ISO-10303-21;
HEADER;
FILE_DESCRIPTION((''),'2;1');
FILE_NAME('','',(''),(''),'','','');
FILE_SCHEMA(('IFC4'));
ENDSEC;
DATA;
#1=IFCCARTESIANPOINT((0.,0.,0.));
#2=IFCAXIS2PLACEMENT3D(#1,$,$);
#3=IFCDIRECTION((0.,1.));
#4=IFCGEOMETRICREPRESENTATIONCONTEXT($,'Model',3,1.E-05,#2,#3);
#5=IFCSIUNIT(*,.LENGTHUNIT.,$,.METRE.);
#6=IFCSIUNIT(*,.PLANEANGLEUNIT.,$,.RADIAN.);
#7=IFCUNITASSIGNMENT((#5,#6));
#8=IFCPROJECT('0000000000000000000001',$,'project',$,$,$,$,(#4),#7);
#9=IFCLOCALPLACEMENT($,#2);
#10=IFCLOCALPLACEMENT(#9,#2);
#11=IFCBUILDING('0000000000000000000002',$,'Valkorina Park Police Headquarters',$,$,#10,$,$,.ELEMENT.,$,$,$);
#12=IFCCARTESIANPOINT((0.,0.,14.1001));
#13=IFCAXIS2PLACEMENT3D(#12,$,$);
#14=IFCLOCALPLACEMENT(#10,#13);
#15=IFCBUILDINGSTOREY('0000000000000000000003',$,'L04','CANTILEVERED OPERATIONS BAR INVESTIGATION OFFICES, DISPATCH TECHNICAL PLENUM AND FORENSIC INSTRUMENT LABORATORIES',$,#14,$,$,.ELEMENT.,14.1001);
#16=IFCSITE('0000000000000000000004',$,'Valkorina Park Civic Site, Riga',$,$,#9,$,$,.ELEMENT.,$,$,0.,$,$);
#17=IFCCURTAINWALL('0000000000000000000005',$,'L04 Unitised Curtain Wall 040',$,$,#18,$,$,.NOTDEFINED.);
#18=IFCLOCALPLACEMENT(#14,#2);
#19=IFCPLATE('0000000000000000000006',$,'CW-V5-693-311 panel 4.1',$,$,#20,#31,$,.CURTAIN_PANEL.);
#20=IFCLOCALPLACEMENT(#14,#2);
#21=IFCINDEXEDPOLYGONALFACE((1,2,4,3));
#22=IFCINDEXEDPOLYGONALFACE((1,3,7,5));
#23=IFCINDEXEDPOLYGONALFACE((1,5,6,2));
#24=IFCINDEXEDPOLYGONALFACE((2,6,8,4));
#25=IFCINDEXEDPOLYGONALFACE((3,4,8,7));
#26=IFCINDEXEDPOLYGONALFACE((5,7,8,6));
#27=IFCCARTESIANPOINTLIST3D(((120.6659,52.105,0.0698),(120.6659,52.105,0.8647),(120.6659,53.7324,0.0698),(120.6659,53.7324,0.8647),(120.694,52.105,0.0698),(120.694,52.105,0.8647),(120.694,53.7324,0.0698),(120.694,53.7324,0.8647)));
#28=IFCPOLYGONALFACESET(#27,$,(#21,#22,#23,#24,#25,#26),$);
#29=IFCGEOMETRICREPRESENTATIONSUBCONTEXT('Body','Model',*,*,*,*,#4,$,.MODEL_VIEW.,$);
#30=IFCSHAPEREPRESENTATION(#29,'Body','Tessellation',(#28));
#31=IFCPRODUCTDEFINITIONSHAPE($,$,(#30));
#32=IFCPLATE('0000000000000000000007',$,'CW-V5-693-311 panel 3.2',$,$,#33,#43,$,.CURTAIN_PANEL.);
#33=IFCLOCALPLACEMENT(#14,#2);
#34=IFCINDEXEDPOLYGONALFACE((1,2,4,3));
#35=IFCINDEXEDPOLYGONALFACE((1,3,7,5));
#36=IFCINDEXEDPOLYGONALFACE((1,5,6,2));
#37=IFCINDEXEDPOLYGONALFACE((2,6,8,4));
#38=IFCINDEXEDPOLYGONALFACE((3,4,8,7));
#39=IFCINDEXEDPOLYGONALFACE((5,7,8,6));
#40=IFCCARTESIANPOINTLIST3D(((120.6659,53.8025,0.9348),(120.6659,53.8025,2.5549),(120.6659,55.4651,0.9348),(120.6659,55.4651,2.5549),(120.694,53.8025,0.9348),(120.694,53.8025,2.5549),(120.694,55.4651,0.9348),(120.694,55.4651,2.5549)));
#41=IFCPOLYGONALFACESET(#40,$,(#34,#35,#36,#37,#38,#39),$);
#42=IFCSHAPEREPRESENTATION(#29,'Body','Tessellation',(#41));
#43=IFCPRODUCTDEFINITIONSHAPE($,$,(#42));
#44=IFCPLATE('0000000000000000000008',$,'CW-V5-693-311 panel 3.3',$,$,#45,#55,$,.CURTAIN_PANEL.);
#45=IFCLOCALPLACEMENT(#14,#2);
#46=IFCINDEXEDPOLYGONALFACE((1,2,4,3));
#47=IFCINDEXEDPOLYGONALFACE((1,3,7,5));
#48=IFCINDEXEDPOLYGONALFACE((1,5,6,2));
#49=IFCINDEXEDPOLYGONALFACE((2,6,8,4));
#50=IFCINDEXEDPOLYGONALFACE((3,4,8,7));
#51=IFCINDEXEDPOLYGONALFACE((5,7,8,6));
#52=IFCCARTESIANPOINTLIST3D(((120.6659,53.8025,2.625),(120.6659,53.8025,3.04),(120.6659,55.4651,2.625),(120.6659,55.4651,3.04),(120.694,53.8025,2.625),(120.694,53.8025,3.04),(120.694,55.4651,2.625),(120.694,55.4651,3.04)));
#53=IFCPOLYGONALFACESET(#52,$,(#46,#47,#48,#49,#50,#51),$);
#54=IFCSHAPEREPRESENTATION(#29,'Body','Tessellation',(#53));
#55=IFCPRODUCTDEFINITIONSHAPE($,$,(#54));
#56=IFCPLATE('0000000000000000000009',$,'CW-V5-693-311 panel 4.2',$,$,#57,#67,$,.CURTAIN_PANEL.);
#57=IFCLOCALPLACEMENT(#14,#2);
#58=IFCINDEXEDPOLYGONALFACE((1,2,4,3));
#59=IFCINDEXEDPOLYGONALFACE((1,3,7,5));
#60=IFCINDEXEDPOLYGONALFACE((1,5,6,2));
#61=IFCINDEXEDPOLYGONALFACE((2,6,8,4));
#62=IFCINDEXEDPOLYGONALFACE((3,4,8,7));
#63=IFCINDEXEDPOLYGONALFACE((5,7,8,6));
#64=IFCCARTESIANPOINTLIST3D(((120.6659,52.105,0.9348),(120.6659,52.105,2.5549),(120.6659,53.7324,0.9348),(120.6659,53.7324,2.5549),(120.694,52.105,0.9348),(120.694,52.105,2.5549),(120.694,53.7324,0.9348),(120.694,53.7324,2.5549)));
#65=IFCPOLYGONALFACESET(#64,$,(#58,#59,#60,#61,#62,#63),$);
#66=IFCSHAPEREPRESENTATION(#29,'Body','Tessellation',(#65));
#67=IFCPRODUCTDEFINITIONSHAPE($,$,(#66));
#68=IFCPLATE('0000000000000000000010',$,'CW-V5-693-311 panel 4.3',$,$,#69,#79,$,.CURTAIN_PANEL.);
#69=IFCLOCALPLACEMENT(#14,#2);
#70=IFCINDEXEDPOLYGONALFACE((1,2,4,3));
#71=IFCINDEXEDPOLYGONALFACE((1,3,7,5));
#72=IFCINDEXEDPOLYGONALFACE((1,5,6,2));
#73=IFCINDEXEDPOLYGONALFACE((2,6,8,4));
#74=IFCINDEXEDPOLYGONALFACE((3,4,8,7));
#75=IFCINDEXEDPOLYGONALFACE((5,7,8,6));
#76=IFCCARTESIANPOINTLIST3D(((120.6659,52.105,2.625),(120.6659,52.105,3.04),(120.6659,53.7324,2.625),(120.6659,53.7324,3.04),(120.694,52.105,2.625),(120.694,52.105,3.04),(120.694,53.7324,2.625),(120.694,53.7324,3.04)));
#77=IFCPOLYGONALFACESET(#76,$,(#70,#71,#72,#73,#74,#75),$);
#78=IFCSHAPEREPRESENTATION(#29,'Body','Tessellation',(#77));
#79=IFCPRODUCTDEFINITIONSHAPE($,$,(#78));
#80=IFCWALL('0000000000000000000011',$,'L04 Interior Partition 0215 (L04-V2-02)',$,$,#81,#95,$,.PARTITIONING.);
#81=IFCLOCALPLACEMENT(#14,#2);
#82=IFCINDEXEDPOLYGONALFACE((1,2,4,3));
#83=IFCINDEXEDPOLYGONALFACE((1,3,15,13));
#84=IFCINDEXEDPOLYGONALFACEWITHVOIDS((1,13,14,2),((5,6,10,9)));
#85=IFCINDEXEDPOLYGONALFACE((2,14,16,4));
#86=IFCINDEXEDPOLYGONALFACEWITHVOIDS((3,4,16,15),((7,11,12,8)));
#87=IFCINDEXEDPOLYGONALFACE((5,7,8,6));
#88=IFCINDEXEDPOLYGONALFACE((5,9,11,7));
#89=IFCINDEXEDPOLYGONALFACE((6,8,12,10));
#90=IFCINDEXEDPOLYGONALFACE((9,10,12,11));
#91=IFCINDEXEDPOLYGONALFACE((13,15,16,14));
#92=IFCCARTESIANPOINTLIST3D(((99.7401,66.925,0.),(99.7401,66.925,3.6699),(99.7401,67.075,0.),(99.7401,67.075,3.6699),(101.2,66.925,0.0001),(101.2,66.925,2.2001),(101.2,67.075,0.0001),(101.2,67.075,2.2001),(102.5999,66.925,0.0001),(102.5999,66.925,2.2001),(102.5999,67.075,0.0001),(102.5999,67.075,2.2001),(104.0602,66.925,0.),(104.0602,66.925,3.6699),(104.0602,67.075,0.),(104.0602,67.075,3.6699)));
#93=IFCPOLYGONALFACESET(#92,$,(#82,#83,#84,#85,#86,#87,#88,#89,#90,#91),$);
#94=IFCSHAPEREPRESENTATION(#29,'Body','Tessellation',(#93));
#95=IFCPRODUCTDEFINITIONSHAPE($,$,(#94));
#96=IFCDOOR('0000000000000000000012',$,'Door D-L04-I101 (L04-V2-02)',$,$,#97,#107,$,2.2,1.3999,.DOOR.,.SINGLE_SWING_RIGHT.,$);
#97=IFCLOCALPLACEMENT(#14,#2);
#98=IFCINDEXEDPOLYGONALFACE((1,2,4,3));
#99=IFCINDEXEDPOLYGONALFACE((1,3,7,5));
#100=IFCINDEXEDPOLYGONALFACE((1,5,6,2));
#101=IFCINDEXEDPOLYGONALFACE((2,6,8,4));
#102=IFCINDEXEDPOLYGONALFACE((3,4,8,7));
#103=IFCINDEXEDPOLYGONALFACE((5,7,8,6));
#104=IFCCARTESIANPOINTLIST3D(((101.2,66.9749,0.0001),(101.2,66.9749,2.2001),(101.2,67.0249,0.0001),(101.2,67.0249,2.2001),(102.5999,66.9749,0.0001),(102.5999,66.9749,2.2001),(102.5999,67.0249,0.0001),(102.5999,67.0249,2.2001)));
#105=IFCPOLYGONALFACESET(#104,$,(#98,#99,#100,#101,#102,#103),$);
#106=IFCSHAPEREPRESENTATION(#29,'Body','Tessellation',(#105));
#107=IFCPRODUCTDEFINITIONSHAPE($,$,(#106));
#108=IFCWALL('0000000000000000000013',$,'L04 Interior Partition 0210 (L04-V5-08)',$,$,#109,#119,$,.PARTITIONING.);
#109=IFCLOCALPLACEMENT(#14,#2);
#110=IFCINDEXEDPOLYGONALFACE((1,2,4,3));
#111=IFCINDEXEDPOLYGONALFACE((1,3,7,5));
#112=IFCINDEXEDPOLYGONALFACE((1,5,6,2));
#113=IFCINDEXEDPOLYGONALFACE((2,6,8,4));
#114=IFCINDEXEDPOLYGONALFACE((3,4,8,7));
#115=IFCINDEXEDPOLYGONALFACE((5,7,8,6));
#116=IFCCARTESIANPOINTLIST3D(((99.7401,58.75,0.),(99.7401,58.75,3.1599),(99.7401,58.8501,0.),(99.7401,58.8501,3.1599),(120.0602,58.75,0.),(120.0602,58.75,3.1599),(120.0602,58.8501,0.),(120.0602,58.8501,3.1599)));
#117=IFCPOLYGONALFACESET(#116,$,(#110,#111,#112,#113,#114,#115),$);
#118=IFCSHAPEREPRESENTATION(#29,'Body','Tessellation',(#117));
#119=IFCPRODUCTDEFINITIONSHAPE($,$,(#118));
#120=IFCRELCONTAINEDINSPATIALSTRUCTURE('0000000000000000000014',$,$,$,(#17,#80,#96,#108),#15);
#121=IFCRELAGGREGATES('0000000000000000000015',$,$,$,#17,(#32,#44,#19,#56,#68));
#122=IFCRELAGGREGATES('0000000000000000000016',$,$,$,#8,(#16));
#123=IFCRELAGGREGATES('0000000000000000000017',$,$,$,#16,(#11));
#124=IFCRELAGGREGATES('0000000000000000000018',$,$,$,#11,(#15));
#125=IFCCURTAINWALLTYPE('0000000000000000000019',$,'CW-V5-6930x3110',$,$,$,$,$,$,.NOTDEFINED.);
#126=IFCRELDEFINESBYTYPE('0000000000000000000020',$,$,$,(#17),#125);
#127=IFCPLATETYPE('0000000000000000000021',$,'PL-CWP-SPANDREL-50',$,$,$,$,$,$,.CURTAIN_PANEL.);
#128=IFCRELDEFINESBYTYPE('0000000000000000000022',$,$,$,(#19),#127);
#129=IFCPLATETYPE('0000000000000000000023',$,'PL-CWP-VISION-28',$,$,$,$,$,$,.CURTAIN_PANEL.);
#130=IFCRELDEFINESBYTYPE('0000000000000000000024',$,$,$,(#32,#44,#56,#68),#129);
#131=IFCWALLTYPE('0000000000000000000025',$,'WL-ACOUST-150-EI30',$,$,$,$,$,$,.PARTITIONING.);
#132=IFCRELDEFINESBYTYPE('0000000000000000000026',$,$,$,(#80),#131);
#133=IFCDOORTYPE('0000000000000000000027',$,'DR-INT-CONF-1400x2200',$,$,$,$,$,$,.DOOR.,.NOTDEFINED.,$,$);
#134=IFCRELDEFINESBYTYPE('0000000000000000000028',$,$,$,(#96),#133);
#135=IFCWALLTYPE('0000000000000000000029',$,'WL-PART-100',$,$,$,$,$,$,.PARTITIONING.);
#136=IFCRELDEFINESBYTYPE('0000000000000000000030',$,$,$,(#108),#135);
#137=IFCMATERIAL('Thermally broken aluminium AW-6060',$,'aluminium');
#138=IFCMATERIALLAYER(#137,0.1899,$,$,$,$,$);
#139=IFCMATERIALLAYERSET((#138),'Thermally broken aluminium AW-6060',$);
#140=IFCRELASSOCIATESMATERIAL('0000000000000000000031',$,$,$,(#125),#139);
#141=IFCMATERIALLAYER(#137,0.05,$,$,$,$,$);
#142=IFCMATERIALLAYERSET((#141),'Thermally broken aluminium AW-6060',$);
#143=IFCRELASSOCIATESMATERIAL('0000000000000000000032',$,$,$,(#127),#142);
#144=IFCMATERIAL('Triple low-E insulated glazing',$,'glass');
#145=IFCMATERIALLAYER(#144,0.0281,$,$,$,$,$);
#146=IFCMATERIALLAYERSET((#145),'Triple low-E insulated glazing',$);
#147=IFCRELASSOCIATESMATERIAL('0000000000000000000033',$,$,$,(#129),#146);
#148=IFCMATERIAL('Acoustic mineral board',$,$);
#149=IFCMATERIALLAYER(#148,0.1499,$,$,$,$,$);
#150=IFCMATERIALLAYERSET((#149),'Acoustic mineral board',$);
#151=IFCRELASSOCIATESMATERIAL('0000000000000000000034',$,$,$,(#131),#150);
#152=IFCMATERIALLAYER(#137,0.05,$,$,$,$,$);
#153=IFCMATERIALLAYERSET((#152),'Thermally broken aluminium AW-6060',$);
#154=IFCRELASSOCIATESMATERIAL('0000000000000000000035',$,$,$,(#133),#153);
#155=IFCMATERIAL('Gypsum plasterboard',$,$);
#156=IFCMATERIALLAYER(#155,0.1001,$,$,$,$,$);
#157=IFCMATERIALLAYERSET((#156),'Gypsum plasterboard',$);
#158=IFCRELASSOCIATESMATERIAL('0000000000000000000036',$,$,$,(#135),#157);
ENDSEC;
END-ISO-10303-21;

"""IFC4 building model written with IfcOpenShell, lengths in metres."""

from ifc_helpers import new_model, si_unit, direction, frame, frame_2d, origin, origin_2d, place, context, subcontext, project, spatial, rectangle, extrude, material, layer, layer_set, type_object, element, fill, aggregate, save


model = new_model("IFC4")

# Units and contexts
model_context = context("Model", 3, precision=1e-05, world=origin(), true_north=direction((0.0, 1.0)))
body_context = subcontext(model_context, "Body", "Model", "MODEL_VIEW")
ifc_project = project(units=[si_unit("LENGTHUNIT", "METRE"), si_unit("PLANEANGLEUNIT", "RADIAN")], contexts=[model_context])

# Site, building, storey
site_placement = place(None, origin())
site = spatial("IfcSite", under=ifc_project, at=site_placement, Name="Valkorina Park Civic Site, Riga", CompositionType="ELEMENT", RefElevation=0.0)
building_placement = place(site_placement, origin())
building = spatial("IfcBuilding", under=site, at=building_placement, Name="Valkorina Park Police Headquarters", CompositionType="ELEMENT")
storey_placement = place(building_placement, frame((0.0, 0.0, 14.1001)))
storey = spatial("IfcBuildingStorey", under=building, at=storey_placement, Name="L04", Description="CANTILEVERED OPERATIONS BAR INVESTIGATION OFFICES, DISPATCH TECHNICAL PLENUM AND FORENSIC INSTRUMENT LABORATORIES", CompositionType="ELEMENT", Elevation=14.1001)

# Curtain wall, plates
ifc_material_1 = material(Name="Thermally broken aluminium AW-6060", Category="aluminium")
ifc_layer_1 = layer(ifc_material_1, 0.1899)
ifc_layer_set_1 = layer_set([ifc_layer_1], Name="Thermally broken aluminium AW-6060")
curtain_wall_type = type_object("IfcCurtainWallType", Name="CW-V5-6930x3110", PredefinedType="NOTDEFINED", material=ifc_layer_set_1)
curtain_wall_placement = place(storey_placement, origin())
curtain_wall = element("IfcCurtainWall", 1, at=curtain_wall_placement, inside=storey, type_object=curtain_wall_type, Name="L04 Unitised Curtain Wall 040", PredefinedType="NOTDEFINED")
ifc_layer_2 = layer(ifc_material_1, 0.05)
ifc_layer_set_2 = layer_set([ifc_layer_2], Name="Thermally broken aluminium AW-6060")
plate_type_1 = type_object("IfcPlateType", Name="PL-CWP-SPANDREL-50", PredefinedType="CURTAIN_PANEL", material=ifc_layer_set_2)
plate_1_placement = place(storey_placement, frame((120.6799, 52.9187, 0.0698), z_axis=(0.0, 0.0, 1.0), x_axis=(0.0, -1.0, 0.0)))
plate_1 = element("IfcPlate", 2, at=plate_1_placement, type_object=plate_type_1, Name="CW-V5-693-311 panel 4.1", PredefinedType="CURTAIN_PANEL", context=body_context, shape_type="SweptSolid", body=[
    extrude(rectangle(XDim=1.6274, YDim=0.0281, at=origin_2d()), origin(), (0.0, 0.0, 1.0), 0.7949),
])
ifc_material_2 = material(Name="Triple low-E insulated glazing", Category="glass")
ifc_layer_3 = layer(ifc_material_2, 0.0281)
ifc_layer_set_3 = layer_set([ifc_layer_3], Name="Triple low-E insulated glazing")
plate_type_2 = type_object("IfcPlateType", Name="PL-CWP-VISION-28", PredefinedType="CURTAIN_PANEL", material=ifc_layer_set_3)
plate_2_placement = place(storey_placement, frame((120.6799, 54.6338, 0.9348), z_axis=(0.0, 0.0, 1.0), x_axis=(0.0, -1.0, 0.0)))
plate_2 = element("IfcPlate", 3, at=plate_2_placement, type_object=plate_type_2, Name="CW-V5-693-311 panel 3.2", PredefinedType="CURTAIN_PANEL", context=body_context, shape_type="SweptSolid", body=[
    extrude(rectangle(XDim=1.6626, YDim=0.0281, at=origin_2d()), origin(), (0.0, 0.0, 1.0), 1.6201),
])
plate_3_placement = place(storey_placement, frame((120.6799, 54.6338, 2.625), z_axis=(0.0, 0.0, 1.0), x_axis=(0.0, -1.0, 0.0)))
plate_3 = element("IfcPlate", 4, at=plate_3_placement, type_object=plate_type_2, Name="CW-V5-693-311 panel 3.3", PredefinedType="CURTAIN_PANEL", context=body_context, shape_type="SweptSolid", body=[
    extrude(rectangle(XDim=1.6626, YDim=0.0281, at=origin_2d()), origin(), (0.0, 0.0, 1.0), 0.415),
])
plate_4_placement = place(storey_placement, frame((120.6799, 52.9187, 0.9348), z_axis=(0.0, 0.0, 1.0), x_axis=(0.0, -1.0, 0.0)))
plate_4 = element("IfcPlate", 5, at=plate_4_placement, type_object=plate_type_2, Name="CW-V5-693-311 panel 4.2", PredefinedType="CURTAIN_PANEL", context=body_context, shape_type="SweptSolid", body=[
    extrude(rectangle(XDim=1.6274, YDim=0.0281, at=origin_2d()), origin(), (0.0, 0.0, 1.0), 1.6201),
])
plate_5_placement = place(storey_placement, frame((120.6799, 52.9187, 2.625), z_axis=(0.0, 0.0, 1.0), x_axis=(0.0, -1.0, 0.0)))
plate_5 = element("IfcPlate", 6, at=plate_5_placement, type_object=plate_type_2, Name="CW-V5-693-311 panel 4.3", PredefinedType="CURTAIN_PANEL", context=body_context, shape_type="SweptSolid", body=[
    extrude(rectangle(XDim=1.6274, YDim=0.0281, at=origin_2d()), origin(), (0.0, 0.0, 1.0), 0.415),
])
aggregate(curtain_wall, [plate_2, plate_3, plate_1, plate_4, plate_5])

# Wall, opening, door
ifc_material_3 = material(Name="Acoustic mineral board")
ifc_layer_4 = layer(ifc_material_3, 0.1499)
ifc_layer_set_4 = layer_set([ifc_layer_4], Name="Acoustic mineral board")
wall_type_1 = type_object("IfcWallType", Name="WL-ACOUST-150-EI30", PredefinedType="PARTITIONING", material=ifc_layer_set_4)
wall_1_placement = place(storey_placement, frame((99.74, 67.0, 0.0), z_axis=(0.0, 0.0, 1.0), x_axis=(1.0, 0.0, 0.0)))
wall_1 = element("IfcWall", 7, at=wall_1_placement, inside=storey, type_object=wall_type_1, Name="L04 Interior Partition 0215 (L04-V2-02)", PredefinedType="PARTITIONING", context=body_context, shape_type="SweptSolid", body=[
    extrude(rectangle(XDim=4.3201, YDim=0.1499, at=frame_2d((2.1602, 0.0))), origin(), (0.0, 0.0, 1.0), 3.6699),
])
opening_placement = place(wall_1_placement, frame((1.46, 0.0, 0.0)))
opening = element("IfcOpeningElement", 8, at=opening_placement, cuts=wall_1, PredefinedType="OPENING", context=body_context, shape_type="SweptSolid", body=[
    extrude(rectangle(XDim=1.3999, YDim=2.2, at=frame_2d((0.7, 1.1001))), frame((0.0, 0.085, 0.0), z_axis=(0.0, -1.0, 0.0), x_axis=(1.0, 0.0, 0.0)), (0.0, 0.0, 1.0), 0.1699),
])
ifc_layer_5 = layer(ifc_material_1, 0.05)
ifc_layer_set_5 = layer_set([ifc_layer_5], Name="Thermally broken aluminium AW-6060")
door_type = type_object("IfcDoorType", Name="DR-INT-CONF-1400x2200", OperationType="NOTDEFINED", PredefinedType="DOOR", material=ifc_layer_set_5)
door_placement = place(opening_placement, origin())
door = element("IfcDoor", 9, at=door_placement, inside=storey, type_object=door_type, Name="Door D-L04-I101 (L04-V2-02)", OperationType="SINGLE_SWING_RIGHT", OverallHeight=2.2, OverallWidth=1.3999, PredefinedType="DOOR", context=body_context, shape_type="SweptSolid", body=[
    extrude(rectangle(XDim=1.3999, YDim=2.2, at=frame_2d((0.7, 1.1001))), frame((0.0, 0.0249, 0.0), z_axis=(0.0, -1.0, 0.0), x_axis=(1.0, 0.0, 0.0)), (0.0, 0.0, 1.0), 0.05),
])
fill(opening, door)

# Wall
ifc_material_4 = material(Name="Gypsum plasterboard")
ifc_layer_6 = layer(ifc_material_4, 0.1001)
ifc_layer_set_6 = layer_set([ifc_layer_6], Name="Gypsum plasterboard")
wall_type_2 = type_object("IfcWallType", Name="WL-PART-100", PredefinedType="PARTITIONING", material=ifc_layer_set_6)
wall_2_placement = place(storey_placement, frame((99.74, 58.8, 0.0), z_axis=(0.0, 0.0, 1.0), x_axis=(1.0, 0.0, 0.0)))
element("IfcWall", 10, at=wall_2_placement, inside=storey, type_object=wall_type_2, Name="L04 Interior Partition 0210 (L04-V5-08)", PredefinedType="PARTITIONING", context=body_context, shape_type="SweptSolid", body=[
    extrude(rectangle(XDim=20.3201, YDim=0.1001, at=frame_2d((10.1602, 0.0))), origin(), (0.0, 0.0, 1.0), 3.1599),
])

save(model, "model.ifc")
